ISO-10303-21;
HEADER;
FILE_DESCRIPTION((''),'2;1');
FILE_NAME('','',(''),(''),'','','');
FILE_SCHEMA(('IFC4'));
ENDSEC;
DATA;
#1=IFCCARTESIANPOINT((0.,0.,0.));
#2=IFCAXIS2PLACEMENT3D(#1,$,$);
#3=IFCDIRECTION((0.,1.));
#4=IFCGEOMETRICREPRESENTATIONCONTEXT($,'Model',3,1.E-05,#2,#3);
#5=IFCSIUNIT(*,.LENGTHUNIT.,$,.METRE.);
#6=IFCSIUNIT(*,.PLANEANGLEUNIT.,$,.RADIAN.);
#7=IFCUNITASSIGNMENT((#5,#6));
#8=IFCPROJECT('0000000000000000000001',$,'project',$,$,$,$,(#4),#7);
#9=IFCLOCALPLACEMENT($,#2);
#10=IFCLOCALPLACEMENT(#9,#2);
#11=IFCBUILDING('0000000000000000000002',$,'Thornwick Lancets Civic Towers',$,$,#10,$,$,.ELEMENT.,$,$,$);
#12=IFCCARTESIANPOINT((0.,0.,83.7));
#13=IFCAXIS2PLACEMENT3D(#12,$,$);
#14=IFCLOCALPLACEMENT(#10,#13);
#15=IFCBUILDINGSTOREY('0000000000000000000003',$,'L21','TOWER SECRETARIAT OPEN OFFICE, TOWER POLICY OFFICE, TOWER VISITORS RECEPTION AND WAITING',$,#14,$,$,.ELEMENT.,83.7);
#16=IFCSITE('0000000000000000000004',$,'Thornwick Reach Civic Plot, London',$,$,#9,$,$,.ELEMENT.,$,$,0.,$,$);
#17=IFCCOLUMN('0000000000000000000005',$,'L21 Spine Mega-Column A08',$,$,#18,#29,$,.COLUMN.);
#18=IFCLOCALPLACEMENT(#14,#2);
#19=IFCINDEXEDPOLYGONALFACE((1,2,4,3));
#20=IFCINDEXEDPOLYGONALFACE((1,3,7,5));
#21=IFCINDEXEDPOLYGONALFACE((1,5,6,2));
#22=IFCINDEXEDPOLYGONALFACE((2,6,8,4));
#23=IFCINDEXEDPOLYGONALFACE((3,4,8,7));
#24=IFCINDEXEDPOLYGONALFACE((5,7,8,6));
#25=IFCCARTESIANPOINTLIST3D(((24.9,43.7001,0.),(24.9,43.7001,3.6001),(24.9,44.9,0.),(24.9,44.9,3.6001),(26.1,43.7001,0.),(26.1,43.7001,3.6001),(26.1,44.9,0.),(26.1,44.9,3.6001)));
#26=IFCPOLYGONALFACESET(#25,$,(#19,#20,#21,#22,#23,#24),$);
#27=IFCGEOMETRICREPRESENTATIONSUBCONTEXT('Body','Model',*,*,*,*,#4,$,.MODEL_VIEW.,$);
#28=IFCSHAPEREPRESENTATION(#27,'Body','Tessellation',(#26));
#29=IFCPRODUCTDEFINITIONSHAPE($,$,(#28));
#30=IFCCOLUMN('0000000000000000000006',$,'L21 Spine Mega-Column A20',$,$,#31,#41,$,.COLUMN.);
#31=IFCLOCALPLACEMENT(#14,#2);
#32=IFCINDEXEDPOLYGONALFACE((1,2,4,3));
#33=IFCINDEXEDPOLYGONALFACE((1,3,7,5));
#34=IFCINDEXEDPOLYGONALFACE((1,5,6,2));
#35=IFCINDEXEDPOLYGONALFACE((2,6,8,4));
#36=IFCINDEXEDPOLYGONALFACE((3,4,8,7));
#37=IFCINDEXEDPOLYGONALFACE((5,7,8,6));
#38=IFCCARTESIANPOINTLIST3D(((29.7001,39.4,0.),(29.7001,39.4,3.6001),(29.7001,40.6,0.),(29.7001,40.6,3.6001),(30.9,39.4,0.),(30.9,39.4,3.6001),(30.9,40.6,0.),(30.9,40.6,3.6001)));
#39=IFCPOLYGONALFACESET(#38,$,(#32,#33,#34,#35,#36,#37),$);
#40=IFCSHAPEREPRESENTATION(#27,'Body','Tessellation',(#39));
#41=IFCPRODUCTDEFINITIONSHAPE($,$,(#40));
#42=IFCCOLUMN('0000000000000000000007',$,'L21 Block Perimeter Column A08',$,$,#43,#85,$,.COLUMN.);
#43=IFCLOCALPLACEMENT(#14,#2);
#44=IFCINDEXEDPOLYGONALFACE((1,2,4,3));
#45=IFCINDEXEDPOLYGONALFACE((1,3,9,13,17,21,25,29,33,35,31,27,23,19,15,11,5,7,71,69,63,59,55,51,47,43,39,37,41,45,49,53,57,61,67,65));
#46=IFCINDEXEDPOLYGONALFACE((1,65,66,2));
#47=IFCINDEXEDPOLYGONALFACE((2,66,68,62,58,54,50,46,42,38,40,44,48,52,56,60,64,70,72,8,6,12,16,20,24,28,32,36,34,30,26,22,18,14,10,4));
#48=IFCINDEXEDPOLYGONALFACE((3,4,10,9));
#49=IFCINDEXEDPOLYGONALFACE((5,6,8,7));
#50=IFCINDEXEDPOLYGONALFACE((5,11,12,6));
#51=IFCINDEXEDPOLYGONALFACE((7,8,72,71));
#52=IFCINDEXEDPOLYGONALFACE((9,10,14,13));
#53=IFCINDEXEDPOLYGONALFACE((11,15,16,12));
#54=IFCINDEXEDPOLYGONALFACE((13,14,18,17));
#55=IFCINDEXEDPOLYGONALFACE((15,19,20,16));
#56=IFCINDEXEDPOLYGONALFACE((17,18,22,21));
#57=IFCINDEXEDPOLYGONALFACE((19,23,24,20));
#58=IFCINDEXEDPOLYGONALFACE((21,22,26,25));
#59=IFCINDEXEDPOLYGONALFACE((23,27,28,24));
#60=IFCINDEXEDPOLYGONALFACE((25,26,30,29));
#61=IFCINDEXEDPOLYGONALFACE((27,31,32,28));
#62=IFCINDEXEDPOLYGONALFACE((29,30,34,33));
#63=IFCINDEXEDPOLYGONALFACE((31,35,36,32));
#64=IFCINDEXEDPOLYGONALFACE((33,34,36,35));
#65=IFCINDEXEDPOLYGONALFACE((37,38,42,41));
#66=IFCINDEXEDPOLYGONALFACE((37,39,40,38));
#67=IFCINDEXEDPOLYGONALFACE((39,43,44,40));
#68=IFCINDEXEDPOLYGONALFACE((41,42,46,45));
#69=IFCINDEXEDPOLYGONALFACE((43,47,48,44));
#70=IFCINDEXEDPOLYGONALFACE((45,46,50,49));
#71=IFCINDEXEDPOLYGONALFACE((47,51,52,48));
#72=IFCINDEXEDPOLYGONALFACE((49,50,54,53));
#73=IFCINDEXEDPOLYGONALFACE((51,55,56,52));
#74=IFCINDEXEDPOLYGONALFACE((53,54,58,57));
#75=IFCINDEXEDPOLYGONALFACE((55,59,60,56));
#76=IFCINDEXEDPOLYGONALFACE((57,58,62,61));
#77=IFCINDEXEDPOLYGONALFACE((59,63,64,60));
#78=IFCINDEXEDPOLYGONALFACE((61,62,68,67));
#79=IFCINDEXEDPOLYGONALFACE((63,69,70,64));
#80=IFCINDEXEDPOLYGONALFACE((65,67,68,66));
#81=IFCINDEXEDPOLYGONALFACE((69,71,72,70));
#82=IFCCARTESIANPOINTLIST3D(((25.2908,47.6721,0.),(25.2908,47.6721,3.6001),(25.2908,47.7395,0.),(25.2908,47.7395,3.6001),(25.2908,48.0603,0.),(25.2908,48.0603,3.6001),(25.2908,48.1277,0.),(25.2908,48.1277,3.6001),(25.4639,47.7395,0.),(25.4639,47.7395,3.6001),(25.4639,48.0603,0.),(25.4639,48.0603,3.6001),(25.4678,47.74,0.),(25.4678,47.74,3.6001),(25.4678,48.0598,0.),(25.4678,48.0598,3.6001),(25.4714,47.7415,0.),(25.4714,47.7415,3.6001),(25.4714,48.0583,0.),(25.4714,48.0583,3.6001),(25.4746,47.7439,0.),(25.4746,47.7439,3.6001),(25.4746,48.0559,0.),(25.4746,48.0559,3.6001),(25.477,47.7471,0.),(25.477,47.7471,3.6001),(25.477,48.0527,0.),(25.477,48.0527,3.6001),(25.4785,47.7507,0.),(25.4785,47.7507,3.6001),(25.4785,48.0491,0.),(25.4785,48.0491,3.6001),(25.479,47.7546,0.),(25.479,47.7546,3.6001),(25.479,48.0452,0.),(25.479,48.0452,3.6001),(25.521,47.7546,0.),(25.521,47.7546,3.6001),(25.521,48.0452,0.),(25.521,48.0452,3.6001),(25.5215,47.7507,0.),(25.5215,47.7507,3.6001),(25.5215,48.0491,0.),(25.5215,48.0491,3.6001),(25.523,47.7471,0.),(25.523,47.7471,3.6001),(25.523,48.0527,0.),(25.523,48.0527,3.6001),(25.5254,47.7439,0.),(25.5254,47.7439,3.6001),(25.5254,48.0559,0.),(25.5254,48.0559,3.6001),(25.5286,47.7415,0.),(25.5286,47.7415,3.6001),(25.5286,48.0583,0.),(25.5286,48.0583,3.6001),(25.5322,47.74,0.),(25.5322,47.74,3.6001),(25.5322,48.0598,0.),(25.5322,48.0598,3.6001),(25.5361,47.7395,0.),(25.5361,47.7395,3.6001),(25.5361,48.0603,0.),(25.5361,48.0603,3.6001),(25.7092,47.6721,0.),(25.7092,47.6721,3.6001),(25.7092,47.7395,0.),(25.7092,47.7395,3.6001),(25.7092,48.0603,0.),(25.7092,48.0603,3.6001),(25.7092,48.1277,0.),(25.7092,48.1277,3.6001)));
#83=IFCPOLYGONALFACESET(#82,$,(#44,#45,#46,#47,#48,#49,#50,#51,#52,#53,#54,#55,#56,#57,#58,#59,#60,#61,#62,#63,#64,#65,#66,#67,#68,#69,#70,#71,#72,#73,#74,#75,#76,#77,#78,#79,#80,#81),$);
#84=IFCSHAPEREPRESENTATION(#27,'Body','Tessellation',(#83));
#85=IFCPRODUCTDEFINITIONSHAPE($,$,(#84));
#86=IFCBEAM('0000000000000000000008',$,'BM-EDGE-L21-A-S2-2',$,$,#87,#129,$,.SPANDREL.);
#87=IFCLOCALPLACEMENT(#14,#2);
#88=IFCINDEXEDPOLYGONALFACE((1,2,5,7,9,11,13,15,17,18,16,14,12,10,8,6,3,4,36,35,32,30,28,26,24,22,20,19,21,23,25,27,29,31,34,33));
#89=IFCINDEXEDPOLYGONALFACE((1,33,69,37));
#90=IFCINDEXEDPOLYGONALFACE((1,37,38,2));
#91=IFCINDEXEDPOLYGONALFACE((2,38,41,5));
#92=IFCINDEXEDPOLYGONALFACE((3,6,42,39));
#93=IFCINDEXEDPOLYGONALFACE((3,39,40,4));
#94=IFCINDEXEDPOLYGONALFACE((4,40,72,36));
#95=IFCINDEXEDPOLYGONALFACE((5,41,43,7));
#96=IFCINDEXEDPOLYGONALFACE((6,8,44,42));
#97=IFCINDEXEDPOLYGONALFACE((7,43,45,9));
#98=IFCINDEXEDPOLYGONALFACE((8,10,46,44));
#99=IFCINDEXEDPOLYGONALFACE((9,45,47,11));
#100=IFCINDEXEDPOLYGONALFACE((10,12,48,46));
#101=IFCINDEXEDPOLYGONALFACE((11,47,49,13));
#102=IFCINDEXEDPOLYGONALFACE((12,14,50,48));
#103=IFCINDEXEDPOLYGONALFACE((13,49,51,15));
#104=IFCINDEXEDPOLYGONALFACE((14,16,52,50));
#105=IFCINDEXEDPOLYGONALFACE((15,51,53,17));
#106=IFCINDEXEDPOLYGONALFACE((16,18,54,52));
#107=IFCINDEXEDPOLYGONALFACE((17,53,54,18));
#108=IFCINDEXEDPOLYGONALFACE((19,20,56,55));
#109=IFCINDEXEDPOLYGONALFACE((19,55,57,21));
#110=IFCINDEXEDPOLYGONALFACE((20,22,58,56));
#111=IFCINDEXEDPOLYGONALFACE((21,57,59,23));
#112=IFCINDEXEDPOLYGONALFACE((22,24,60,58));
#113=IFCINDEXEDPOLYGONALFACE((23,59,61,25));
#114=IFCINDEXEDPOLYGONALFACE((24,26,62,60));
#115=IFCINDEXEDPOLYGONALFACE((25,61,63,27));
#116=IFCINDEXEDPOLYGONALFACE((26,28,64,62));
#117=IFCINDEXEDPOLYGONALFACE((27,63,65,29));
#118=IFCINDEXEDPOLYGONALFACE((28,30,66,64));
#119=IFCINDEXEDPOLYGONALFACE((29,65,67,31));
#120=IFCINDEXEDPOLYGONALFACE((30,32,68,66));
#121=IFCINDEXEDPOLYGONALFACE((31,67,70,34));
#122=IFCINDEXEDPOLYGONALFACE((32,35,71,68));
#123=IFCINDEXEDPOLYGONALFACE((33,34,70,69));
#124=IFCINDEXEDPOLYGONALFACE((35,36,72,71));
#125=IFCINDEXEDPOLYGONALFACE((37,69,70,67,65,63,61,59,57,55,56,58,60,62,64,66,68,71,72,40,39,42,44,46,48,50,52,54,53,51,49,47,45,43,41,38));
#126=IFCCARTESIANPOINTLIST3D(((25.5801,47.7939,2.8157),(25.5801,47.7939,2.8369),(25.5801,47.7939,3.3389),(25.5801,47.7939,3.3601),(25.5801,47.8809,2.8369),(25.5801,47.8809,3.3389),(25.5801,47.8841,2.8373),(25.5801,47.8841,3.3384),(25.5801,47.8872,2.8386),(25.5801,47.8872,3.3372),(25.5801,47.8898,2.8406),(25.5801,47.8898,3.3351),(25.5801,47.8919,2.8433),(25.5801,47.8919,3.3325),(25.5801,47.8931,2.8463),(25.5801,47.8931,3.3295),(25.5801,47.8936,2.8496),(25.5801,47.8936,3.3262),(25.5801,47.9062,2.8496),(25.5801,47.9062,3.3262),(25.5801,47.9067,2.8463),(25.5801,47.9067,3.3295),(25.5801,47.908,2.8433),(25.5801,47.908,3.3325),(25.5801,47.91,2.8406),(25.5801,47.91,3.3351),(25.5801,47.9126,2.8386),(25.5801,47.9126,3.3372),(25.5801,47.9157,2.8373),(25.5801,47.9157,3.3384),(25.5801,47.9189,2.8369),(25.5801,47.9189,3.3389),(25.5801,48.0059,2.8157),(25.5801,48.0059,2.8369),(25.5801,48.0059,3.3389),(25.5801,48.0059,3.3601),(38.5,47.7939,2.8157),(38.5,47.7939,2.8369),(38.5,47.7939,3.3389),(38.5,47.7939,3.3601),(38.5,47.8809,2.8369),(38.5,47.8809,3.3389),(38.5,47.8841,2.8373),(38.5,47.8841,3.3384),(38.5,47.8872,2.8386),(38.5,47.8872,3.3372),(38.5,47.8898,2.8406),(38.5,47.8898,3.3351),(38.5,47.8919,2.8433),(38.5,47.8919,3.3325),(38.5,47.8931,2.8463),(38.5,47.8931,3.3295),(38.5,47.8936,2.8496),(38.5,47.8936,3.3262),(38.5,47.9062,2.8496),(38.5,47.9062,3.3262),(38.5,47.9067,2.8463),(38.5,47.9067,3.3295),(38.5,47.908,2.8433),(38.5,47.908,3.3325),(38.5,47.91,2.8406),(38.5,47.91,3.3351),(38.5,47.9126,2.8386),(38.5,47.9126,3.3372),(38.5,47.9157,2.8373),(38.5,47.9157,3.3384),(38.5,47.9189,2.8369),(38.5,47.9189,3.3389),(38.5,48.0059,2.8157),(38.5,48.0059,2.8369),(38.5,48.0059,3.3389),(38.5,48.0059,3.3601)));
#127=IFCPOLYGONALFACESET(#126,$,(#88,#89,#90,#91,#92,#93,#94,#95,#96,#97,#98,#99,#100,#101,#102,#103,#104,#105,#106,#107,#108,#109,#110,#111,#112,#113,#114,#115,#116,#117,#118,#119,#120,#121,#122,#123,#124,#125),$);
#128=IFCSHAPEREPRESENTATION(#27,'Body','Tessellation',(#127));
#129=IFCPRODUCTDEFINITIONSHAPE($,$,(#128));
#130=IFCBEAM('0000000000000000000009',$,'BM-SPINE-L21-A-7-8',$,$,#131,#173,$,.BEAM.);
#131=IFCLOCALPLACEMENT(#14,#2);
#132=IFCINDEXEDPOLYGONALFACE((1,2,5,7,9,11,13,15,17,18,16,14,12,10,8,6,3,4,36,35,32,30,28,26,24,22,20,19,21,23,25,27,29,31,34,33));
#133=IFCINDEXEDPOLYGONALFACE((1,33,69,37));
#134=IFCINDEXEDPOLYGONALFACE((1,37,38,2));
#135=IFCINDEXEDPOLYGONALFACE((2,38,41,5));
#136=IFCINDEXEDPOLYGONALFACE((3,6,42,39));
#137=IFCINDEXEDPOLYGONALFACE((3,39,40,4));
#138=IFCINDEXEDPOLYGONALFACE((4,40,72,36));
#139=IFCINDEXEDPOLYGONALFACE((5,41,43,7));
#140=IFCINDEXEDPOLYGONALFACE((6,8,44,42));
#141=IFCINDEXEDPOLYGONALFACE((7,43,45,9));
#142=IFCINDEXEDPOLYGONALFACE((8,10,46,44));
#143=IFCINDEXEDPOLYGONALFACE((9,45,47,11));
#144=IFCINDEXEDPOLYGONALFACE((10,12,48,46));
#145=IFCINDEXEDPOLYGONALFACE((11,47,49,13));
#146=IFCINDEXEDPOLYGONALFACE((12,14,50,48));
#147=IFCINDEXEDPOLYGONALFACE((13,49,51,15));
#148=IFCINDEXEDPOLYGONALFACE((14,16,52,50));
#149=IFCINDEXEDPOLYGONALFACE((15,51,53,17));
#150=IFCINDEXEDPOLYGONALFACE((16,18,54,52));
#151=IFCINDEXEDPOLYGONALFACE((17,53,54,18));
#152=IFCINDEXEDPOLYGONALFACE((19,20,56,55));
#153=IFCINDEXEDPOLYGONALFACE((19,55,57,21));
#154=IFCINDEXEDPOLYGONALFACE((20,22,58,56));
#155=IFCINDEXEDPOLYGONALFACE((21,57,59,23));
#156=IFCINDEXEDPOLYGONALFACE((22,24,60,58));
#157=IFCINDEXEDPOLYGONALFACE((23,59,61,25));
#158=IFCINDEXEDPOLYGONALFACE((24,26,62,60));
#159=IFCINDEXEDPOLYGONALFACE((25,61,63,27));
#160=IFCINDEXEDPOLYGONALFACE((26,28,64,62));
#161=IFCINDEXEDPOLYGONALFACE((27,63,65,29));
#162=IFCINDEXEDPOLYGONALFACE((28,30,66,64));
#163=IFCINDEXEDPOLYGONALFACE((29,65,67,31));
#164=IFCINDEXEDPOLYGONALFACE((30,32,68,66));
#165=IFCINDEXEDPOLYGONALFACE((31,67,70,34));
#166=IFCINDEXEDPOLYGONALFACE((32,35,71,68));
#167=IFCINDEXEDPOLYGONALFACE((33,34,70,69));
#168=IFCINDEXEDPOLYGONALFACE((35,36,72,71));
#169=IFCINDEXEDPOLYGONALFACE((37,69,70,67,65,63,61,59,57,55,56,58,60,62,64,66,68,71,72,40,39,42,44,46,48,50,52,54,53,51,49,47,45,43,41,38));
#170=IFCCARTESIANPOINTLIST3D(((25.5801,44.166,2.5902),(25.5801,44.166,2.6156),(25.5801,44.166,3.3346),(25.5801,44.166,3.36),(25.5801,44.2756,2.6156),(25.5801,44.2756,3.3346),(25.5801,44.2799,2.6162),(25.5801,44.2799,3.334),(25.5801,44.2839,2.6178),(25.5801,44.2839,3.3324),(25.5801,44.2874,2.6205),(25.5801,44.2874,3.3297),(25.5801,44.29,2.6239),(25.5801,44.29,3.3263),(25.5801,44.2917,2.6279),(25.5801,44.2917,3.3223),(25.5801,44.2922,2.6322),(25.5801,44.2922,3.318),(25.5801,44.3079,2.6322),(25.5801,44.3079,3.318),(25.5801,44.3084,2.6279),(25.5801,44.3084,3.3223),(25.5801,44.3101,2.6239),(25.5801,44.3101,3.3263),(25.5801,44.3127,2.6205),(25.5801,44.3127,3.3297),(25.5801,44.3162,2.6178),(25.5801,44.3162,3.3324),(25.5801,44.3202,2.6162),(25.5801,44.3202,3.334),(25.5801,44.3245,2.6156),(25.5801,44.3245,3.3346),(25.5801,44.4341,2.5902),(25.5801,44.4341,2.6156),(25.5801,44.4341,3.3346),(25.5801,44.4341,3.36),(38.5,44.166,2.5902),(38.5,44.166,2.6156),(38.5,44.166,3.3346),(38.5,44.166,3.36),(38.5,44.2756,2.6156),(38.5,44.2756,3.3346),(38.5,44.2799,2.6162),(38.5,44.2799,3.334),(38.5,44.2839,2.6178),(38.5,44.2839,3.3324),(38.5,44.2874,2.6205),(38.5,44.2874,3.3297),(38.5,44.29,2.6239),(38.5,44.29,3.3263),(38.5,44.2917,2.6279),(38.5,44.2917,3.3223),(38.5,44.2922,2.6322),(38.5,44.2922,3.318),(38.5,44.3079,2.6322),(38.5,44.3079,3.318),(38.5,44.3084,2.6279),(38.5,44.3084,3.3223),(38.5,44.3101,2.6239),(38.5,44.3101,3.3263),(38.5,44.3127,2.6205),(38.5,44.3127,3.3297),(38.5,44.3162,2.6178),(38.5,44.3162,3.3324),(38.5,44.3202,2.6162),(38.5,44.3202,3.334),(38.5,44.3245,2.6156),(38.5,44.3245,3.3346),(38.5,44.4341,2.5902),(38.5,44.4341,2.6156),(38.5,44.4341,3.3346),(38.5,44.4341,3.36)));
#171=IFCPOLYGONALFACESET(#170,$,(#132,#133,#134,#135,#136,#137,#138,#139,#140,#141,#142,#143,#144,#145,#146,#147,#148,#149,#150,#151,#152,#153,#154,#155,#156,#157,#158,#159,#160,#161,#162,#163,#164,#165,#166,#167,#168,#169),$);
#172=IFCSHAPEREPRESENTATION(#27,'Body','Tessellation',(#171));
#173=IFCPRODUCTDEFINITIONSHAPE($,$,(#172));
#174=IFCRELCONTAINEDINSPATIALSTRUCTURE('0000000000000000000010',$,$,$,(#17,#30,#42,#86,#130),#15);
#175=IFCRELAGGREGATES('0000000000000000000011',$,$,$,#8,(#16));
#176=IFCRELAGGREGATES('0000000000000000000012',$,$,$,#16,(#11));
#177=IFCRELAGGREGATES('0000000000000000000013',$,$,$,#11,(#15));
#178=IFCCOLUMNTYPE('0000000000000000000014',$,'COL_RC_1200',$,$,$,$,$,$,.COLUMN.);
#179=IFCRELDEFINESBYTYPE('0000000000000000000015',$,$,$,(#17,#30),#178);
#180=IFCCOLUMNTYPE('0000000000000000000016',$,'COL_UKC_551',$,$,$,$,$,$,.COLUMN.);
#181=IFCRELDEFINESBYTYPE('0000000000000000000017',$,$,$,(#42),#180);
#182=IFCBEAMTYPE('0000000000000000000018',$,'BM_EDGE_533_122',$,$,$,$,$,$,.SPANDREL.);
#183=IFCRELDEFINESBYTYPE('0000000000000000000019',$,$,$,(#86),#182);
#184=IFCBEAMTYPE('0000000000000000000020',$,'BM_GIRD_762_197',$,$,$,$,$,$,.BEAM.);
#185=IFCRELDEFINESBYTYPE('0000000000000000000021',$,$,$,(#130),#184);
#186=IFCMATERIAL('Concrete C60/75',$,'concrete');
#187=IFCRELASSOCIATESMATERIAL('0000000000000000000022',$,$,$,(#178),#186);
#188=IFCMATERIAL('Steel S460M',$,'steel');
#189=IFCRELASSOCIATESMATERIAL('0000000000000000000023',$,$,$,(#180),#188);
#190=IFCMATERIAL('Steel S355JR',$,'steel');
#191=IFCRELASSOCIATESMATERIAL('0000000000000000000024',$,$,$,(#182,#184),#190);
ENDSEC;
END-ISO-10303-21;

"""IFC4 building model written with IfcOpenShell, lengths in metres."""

from ifc_helpers import new_model, si_unit, direction, frame, origin, origin_2d, place, context, subcontext, project, spatial, rectangle, i_section, extrude, material, material_profile, profile_set, type_object, element, save


model = new_model("IFC4")

# Units and contexts
model_context = context("Model", 3, precision=1e-05, world=origin(), true_north=direction((0.0, 1.0)))
body_context = subcontext(model_context, "Body", "Model", "MODEL_VIEW")
ifc_project = project(units=[si_unit("LENGTHUNIT", "METRE"), si_unit("PLANEANGLEUNIT", "RADIAN")], contexts=[model_context])

# Site, building, storey
site_placement = place(None, origin())
site = spatial("IfcSite", under=ifc_project, at=site_placement, Name="Thornwick Reach Civic Plot, London", CompositionType="ELEMENT", RefElevation=0.0)
building_placement = place(site_placement, origin())
building = spatial("IfcBuilding", under=site, at=building_placement, Name="Thornwick Lancets Civic Towers", CompositionType="ELEMENT")
storey_placement = place(building_placement, frame((0.0, 0.0, 83.7)))
storey = spatial("IfcBuildingStorey", under=building, at=storey_placement, Name="L21", Description="TOWER SECRETARIAT OPEN OFFICE, TOWER POLICY OFFICE, TOWER VISITORS RECEPTION AND WAITING", CompositionType="ELEMENT", Elevation=83.7)

# Columns
ifc_material_1 = material(Name="Concrete C60/75", Category="concrete")
ifc_material_profile_1 = material_profile(ifc_material_1, rectangle(XDim=1.2, YDim=1.2, at=origin_2d()), Name="RC 1200x1200")
ifc_profile_set_1 = profile_set([ifc_material_profile_1], Name="Concrete C60/75")
column_type_1 = type_object("IfcColumnType", Name="COL_RC_1200", PredefinedType="COLUMN", material=ifc_profile_set_1)
for number, where, z_axis, x_axis, name in (
    (1, (25.5, 44.3, 0.0), (0.0, 0.0, 1.0), (1.0, 0.0, 0.0), "L21 Spine Mega-Column A08"),
    (2, (30.3, 40.0, 0.0), (0.0, 0.0, 1.0), (1.0, 0.0, 0.0), "L21 Spine Mega-Column A20"),
):
    element("IfcColumn", number, at=place(storey_placement, frame(where, z_axis=z_axis, x_axis=x_axis)), inside=storey, type_object=column_type_1, Name=name, PredefinedType="COLUMN", context=body_context, shape_type="SweptSolid", body=[
        extrude(rectangle(XDim=1.2, YDim=1.2, at=origin_2d()), origin(), (0.0, 0.0, 1.0), 3.6001),
    ])
ifc_material_2 = material(Name="Steel S460M", Category="steel")
ifc_material_profile_2 = material_profile(ifc_material_2, i_section(OverallWidth=0.4185, OverallDepth=0.4556, WebThickness=0.042, FlangeThickness=0.0674, FilletRadius=0.0151, at=origin_2d()), Name="UKC 356x406x551")
ifc_profile_set_2 = profile_set([ifc_material_profile_2], Name="Steel S460M")
column_type_2 = type_object("IfcColumnType", Name="COL_UKC_551", PredefinedType="COLUMN", material=ifc_profile_set_2)
column_placement = place(storey_placement, frame((25.5, 47.8999, 0.0), z_axis=(0.0, 0.0, 1.0), x_axis=(1.0, 0.0, 0.0)))
element("IfcColumn", 3, at=column_placement, inside=storey, type_object=column_type_2, Name="L21 Block Perimeter Column A08", PredefinedType="COLUMN", context=body_context, shape_type="SweptSolid", body=[
    extrude(i_section(OverallWidth=0.4185, OverallDepth=0.4556, WebThickness=0.042, FlangeThickness=0.0674, FilletRadius=0.0151, at=origin_2d()), origin(), (0.0, 0.0, 1.0), 3.6001),
])

# Beams
ifc_material_3 = material(Name="Steel S355JR", Category="steel")
ifc_material_profile_3 = material_profile(ifc_material_3, i_section(OverallWidth=0.2119, OverallDepth=0.5444, WebThickness=0.0127, FlangeThickness=0.0212, FilletRadius=0.0127, at=origin_2d()), Name="UKB 533x210x122")
ifc_profile_set_3 = profile_set([ifc_material_profile_3], Name="Steel S355JR")
beam_type_1 = type_object("IfcBeamType", Name="BM_EDGE_533_122", PredefinedType="SPANDREL", material=ifc_profile_set_3)
beam_1_placement = place(storey_placement, frame((25.5801, 47.8999, 3.0879), z_axis=(1.0, 0.0, 0.0), x_axis=(0.0, 1.0, 0.0)))
element("IfcBeam", 4, at=beam_1_placement, inside=storey, type_object=beam_type_1, Name="BM-EDGE-L21-A-S2-2", PredefinedType="SPANDREL", context=body_context, shape_type="SweptSolid", body=[
    extrude(i_section(OverallWidth=0.2119, OverallDepth=0.5444, WebThickness=0.0127, FlangeThickness=0.0212, FilletRadius=0.0127, at=origin_2d()), origin(), (0.0, 0.0, 1.0), 12.9199),
])
ifc_material_profile_4 = material_profile(ifc_material_3, i_section(OverallWidth=0.2681, OverallDepth=0.7698, WebThickness=0.0156, FlangeThickness=0.0254, FilletRadius=0.0166, at=origin_2d()), Name="UKB 762x267x197")
ifc_profile_set_4 = profile_set([ifc_material_profile_4], Name="Steel S355JR")
beam_type_2 = type_object("IfcBeamType", Name="BM_GIRD_762_197", PredefinedType="BEAM", material=ifc_profile_set_4)
beam_2_placement = place(storey_placement, frame((25.5801, 44.3, 2.9751), z_axis=(1.0, 0.0, 0.0), x_axis=(0.0, 1.0, 0.0)))
element("IfcBeam", 5, at=beam_2_placement, inside=storey, type_object=beam_type_2, Name="BM-SPINE-L21-A-7-8", PredefinedType="BEAM", context=body_context, shape_type="SweptSolid", body=[
    extrude(i_section(OverallWidth=0.2681, OverallDepth=0.7698, WebThickness=0.0156, FlangeThickness=0.0254, FilletRadius=0.0166, at=origin_2d()), origin(), (0.0, 0.0, 1.0), 12.9199),
])

save(model, "model.ifc")
